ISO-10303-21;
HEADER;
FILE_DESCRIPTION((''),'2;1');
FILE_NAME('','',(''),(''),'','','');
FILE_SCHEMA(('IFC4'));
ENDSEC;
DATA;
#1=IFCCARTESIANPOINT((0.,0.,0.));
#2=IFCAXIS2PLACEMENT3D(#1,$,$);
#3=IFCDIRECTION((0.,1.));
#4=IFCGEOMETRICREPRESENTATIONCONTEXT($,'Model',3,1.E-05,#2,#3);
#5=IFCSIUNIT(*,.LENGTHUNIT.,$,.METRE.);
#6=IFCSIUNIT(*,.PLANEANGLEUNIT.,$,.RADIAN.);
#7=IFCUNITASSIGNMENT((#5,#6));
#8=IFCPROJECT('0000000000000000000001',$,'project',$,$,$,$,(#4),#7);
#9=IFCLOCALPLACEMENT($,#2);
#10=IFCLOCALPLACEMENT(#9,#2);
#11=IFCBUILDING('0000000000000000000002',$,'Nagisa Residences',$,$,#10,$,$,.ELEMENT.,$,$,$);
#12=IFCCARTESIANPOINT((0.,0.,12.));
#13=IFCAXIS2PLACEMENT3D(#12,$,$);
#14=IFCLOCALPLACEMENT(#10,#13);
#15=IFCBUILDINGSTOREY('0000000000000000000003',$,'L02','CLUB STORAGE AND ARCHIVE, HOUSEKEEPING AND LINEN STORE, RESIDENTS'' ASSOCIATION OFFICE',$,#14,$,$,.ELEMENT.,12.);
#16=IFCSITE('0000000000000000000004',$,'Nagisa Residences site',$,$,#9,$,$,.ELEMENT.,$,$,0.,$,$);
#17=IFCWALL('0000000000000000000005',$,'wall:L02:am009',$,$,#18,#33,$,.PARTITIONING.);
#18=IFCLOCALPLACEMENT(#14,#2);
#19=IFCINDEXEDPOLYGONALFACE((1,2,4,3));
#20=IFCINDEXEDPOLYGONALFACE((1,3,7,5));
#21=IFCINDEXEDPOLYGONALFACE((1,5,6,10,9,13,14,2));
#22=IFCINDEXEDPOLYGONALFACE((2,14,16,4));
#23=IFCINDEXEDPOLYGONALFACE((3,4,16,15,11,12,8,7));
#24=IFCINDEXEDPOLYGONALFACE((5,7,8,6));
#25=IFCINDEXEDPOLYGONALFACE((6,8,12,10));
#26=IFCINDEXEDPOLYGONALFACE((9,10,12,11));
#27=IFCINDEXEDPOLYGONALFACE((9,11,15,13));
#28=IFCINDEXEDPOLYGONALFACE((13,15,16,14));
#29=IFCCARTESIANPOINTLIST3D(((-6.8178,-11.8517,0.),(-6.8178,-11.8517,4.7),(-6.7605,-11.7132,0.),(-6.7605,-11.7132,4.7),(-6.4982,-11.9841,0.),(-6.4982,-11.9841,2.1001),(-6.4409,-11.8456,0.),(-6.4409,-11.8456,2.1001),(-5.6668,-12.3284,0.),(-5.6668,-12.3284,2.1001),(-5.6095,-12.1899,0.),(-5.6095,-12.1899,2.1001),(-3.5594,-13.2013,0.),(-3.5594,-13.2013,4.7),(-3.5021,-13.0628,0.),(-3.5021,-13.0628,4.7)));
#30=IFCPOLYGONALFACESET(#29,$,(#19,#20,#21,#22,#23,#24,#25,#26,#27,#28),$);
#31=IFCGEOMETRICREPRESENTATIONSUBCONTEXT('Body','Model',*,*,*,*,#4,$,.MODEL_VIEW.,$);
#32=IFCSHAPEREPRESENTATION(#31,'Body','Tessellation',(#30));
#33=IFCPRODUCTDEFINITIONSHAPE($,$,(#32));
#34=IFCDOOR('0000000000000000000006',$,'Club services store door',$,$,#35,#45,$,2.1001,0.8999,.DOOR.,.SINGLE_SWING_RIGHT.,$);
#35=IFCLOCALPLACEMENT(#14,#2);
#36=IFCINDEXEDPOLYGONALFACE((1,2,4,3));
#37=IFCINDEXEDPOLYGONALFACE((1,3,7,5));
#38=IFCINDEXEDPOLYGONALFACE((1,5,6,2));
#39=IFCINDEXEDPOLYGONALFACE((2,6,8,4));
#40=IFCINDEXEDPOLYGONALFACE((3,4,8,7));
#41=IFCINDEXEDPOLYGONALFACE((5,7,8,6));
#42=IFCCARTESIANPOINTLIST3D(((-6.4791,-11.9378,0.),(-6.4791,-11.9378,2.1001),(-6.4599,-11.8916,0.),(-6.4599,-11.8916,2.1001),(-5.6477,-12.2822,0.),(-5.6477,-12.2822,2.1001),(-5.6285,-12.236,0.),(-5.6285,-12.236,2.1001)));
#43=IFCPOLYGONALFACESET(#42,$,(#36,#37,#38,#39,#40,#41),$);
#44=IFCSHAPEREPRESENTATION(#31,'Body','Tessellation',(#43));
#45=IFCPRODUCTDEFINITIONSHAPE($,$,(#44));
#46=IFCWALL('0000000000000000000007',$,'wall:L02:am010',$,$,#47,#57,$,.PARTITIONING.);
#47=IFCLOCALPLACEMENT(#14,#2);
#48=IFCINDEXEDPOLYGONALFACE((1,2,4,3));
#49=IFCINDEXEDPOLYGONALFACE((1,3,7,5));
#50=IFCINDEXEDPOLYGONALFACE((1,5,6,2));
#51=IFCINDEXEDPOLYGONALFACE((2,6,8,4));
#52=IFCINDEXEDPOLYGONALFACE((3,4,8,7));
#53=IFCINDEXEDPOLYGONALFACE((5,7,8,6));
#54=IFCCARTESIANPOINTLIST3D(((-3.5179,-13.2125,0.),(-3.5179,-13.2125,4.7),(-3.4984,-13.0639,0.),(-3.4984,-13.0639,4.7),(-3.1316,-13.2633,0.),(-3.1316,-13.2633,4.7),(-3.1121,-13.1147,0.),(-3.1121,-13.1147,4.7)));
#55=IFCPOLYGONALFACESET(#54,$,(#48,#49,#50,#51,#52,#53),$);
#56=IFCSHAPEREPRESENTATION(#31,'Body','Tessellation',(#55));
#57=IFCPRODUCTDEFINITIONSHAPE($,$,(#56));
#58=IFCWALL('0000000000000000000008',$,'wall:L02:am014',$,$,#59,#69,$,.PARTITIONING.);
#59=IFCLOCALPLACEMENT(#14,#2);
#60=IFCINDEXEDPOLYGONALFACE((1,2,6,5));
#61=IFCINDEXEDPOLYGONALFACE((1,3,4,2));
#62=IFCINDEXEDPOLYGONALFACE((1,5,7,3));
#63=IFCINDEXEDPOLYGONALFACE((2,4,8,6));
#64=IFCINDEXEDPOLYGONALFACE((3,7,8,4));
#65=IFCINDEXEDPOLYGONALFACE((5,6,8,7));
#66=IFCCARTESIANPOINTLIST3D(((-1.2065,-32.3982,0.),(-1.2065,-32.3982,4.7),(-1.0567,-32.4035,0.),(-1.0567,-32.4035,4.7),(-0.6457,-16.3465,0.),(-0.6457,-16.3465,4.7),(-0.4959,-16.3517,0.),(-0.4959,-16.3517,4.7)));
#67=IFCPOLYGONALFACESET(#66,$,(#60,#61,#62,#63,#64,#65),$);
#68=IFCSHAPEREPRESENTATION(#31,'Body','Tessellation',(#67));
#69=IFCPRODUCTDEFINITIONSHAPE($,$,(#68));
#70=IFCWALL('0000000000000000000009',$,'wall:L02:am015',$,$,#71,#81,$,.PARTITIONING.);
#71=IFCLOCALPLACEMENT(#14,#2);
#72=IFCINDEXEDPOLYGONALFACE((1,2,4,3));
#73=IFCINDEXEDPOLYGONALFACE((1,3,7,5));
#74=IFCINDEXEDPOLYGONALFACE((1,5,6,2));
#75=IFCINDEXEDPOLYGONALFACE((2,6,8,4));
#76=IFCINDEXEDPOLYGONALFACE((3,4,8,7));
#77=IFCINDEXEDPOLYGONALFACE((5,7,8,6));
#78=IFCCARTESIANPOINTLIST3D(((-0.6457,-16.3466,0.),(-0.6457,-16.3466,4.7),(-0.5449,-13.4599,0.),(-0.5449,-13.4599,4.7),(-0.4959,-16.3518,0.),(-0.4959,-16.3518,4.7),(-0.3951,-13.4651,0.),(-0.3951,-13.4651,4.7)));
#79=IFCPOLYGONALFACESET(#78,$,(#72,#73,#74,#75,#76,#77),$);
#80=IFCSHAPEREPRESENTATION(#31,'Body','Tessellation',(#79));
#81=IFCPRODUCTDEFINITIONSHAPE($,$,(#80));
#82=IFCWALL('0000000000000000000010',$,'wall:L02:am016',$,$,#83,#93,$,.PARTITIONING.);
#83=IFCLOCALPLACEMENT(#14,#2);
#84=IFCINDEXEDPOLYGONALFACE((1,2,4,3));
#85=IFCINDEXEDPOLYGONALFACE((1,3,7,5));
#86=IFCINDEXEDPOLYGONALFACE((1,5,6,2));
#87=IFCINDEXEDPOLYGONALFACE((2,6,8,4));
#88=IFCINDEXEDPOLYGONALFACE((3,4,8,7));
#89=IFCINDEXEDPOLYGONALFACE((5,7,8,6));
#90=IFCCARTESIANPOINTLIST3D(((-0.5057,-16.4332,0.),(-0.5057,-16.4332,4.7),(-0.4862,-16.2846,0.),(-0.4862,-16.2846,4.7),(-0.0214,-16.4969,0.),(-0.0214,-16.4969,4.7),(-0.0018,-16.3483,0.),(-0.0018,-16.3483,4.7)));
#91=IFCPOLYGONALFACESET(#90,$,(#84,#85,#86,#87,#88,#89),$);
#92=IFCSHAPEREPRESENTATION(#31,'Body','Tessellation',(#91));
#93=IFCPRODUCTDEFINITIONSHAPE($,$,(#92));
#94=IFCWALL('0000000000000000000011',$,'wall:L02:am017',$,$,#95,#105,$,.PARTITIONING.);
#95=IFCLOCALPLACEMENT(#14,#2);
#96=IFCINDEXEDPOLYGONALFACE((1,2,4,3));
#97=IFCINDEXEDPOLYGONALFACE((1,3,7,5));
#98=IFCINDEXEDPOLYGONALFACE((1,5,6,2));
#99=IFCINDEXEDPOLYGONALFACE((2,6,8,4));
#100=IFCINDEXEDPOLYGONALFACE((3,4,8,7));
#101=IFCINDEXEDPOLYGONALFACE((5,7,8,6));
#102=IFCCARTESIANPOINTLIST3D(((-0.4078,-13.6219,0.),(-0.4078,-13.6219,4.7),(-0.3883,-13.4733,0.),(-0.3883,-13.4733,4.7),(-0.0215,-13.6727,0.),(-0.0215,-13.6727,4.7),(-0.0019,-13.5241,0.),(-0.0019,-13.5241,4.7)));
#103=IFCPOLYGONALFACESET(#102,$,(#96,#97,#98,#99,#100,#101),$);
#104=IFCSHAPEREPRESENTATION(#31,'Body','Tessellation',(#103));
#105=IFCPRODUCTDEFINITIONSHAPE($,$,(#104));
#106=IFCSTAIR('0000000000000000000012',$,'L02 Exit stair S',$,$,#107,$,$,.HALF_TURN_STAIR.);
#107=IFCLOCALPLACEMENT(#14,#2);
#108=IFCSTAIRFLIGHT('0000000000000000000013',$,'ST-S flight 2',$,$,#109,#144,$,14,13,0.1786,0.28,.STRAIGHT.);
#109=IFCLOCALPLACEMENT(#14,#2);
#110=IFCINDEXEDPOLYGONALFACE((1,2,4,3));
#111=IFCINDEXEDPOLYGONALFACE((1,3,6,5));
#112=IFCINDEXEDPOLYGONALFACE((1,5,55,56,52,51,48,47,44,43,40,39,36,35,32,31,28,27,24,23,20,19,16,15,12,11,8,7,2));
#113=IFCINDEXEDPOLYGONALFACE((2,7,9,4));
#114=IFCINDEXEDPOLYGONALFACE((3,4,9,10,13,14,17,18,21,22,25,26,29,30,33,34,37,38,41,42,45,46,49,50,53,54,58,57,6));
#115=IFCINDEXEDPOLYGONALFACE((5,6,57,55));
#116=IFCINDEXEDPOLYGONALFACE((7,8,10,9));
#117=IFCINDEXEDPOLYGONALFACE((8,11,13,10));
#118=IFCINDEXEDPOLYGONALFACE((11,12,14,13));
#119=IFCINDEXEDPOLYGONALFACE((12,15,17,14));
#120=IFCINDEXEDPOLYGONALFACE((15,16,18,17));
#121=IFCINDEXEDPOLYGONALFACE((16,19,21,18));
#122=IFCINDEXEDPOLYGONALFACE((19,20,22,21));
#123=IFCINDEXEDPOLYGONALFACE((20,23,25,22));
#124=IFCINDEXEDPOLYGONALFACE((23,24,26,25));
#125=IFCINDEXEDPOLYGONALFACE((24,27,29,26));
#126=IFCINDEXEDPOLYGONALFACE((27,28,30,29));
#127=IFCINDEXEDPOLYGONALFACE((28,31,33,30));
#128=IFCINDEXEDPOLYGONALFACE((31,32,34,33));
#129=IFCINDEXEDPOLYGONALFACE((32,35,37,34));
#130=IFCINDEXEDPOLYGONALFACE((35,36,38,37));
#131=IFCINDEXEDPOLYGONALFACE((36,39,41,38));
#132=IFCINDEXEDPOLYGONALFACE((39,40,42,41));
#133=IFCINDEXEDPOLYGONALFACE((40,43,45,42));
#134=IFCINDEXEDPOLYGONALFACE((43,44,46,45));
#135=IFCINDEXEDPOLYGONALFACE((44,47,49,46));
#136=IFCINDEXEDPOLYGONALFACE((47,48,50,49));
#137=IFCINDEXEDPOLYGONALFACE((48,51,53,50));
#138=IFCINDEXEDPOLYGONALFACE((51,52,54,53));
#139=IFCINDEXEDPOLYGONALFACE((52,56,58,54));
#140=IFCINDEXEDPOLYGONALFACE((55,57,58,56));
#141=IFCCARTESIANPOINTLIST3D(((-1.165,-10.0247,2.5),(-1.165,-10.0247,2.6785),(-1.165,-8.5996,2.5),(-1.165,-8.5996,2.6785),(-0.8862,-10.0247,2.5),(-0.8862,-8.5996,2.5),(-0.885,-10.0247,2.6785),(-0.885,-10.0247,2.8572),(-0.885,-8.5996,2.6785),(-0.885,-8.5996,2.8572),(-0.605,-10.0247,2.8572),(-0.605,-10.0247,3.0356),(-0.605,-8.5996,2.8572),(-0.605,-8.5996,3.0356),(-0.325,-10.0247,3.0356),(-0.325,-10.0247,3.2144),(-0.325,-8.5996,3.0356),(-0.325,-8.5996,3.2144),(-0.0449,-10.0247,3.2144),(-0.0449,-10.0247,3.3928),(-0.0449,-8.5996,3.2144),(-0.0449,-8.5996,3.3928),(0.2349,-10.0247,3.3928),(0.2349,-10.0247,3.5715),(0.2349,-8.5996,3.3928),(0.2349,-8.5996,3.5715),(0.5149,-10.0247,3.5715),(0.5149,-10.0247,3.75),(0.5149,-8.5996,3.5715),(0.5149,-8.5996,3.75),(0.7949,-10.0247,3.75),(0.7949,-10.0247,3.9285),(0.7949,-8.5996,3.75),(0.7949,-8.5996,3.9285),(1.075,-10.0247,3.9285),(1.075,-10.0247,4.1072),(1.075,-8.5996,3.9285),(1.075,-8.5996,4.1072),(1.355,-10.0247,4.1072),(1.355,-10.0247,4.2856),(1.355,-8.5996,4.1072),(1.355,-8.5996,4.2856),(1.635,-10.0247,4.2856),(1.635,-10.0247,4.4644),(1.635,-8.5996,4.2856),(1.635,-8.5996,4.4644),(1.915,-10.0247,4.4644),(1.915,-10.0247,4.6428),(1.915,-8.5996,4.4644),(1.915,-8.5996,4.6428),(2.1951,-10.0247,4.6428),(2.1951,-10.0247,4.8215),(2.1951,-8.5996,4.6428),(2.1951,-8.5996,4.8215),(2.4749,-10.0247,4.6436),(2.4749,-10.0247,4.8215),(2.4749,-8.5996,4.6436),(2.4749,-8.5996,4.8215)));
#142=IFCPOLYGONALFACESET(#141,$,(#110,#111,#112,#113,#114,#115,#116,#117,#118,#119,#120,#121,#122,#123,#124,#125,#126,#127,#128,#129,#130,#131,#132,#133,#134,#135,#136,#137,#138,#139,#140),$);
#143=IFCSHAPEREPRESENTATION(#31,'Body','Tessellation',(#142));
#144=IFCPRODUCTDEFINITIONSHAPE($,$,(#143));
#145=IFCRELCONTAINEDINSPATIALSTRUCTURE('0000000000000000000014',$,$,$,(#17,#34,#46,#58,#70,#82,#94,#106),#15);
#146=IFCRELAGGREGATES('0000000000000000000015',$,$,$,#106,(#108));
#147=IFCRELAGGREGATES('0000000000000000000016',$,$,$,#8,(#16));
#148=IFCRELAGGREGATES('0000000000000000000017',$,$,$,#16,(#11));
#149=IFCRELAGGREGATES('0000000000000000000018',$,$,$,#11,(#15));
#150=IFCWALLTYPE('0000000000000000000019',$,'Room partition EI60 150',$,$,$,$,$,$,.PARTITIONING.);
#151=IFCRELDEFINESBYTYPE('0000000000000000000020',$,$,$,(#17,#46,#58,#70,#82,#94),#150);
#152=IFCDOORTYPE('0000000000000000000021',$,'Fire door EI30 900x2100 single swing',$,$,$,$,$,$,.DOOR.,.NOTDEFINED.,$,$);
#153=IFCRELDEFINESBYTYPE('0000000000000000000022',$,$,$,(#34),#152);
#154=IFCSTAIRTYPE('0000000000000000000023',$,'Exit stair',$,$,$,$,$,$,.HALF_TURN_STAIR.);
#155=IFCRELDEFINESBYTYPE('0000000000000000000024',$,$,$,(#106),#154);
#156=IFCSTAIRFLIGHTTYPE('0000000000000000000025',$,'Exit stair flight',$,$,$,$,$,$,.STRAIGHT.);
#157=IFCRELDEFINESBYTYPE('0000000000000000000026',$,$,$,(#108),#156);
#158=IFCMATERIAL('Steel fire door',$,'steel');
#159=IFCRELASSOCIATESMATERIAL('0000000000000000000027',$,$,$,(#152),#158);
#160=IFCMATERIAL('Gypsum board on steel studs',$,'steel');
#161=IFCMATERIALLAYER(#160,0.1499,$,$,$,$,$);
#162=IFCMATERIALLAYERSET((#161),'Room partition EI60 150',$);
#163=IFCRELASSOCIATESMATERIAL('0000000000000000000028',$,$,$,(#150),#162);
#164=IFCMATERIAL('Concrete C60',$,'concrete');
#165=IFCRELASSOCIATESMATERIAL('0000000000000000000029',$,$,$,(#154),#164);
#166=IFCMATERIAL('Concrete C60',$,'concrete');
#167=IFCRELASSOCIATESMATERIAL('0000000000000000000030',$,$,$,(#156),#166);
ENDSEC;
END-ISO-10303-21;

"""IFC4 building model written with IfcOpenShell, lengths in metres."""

from ifc_helpers import new_model, si_unit, direction, frame, frame_2d, origin, place, context, subcontext, project, spatial, polyline, rectangle, outline, extrude, material, layer, layer_set, type_object, element, fill, aggregate, save


model = new_model("IFC4")

# Units and contexts
model_context = context("Model", 3, precision=1e-05, world=origin(), true_north=direction((0.0, 1.0)))
body_context = subcontext(model_context, "Body", "Model", "MODEL_VIEW")
ifc_project = project(units=[si_unit("LENGTHUNIT", "METRE"), si_unit("PLANEANGLEUNIT", "RADIAN")], contexts=[model_context])

# Site, building, storey
site_placement = place(None, origin())
site = spatial("IfcSite", under=ifc_project, at=site_placement, Name="Nagisa Residences site", CompositionType="ELEMENT", RefElevation=0.0)
building_placement = place(site_placement, origin())
building = spatial("IfcBuilding", under=site, at=building_placement, Name="Nagisa Residences", CompositionType="ELEMENT")
storey_placement = place(building_placement, frame((0.0, 0.0, 12.0)))
storey = spatial("IfcBuildingStorey", under=building, at=storey_placement, Name="L02", Description="CLUB STORAGE AND ARCHIVE, HOUSEKEEPING AND LINEN STORE, RESIDENTS' ASSOCIATION OFFICE", CompositionType="ELEMENT", Elevation=12.0)

# Shared definitions
ifc_material_1 = material(Name="Steel fire door", Category="steel")
door_type_1 = type_object("IfcDoorType", Name="Fire door EI30 900x2100 single swing", OperationType="NOTDEFINED", PredefinedType="DOOR", material=ifc_material_1)

# Shared definitions
ifc_material_2 = material(Name="Gypsum board on steel studs", Category="steel")
ifc_layer_1 = layer(ifc_material_2, 0.1499)
ifc_layer_set_1 = layer_set([ifc_layer_1], Name="Room partition EI60 150")
wall_type_1 = type_object("IfcWallType", Name="Room partition EI60 150", PredefinedType="PARTITIONING", material=ifc_layer_set_1)

# Wall, opening, door
wall_1_placement = place(storey_placement, frame((-3.5308, -13.1321, 0.0), z_axis=(0.0, 0.0, 1.0), x_axis=(-0.923882, 0.382678, 0.0)))
wall_1 = element("IfcWall", 1, at=wall_1_placement, inside=storey, type_object=wall_type_1, Name="wall:L02:am009", PredefinedType="PARTITIONING", context=body_context, shape_type="SweptSolid", body=[
    extrude(rectangle(XDim=3.5269, YDim=0.1499, at=frame_2d((1.7634, 0.0))), origin(), (0.0, 0.0, 1.0), 4.7),
])
opening_1_placement = place(wall_1_placement, frame((2.281, 0.0, 0.0)))
opening_1 = element("IfcOpeningElement", 2, at=opening_1_placement, cuts=wall_1, PredefinedType="OPENING", context=body_context, shape_type="SweptSolid", body=[
    extrude(rectangle(XDim=0.8999, YDim=2.1001, at=frame_2d((0.45, 1.05))), frame((0.0, 0.085, 0.0), z_axis=(0.0, -1.0, 0.0), x_axis=(1.0, 0.0, 0.0)), (0.0, 0.0, 1.0), 0.1699),
])
door_1_placement = place(opening_1_placement, origin())
door_1 = element("IfcDoor", 3, at=door_1_placement, inside=storey, type_object=door_type_1, Name="Club services store door", OperationType="SINGLE_SWING_RIGHT", OverallHeight=2.1001, OverallWidth=0.8999, PredefinedType="DOOR", context=body_context, shape_type="SweptSolid", body=[
    extrude(rectangle(XDim=0.8999, YDim=2.1001, at=frame_2d((0.45, 1.05))), frame((0.0, 0.0249, 0.0), z_axis=(0.0, -1.0, 0.0), x_axis=(1.0, 0.0, 0.0)), (0.0, 0.0, 1.0), 0.05),
])
fill(opening_1, door_1)

# Walls
wall_2_placement = place(storey_placement, frame((-3.1218, -13.189, 0.0), z_axis=(0.0, 0.0, 1.0), x_axis=(-0.991467, 0.130357, 0.0)))
element("IfcWall", 4, at=wall_2_placement, inside=storey, type_object=wall_type_1, Name="wall:L02:am010", PredefinedType="PARTITIONING", context=body_context, shape_type="SweptSolid", body=[
    extrude(rectangle(XDim=0.3896, YDim=0.1499, at=frame_2d((0.1948, 0.0))), origin(), (0.0, 0.0, 1.0), 4.7),
])
wall_3_placement = place(storey_placement, frame((-0.5708, -16.3491, 0.0), z_axis=(0.0, 0.0, 1.0), x_axis=(-0.034915, -0.99939, 0.0)))
element("IfcWall", 5, at=wall_3_placement, inside=storey, type_object=wall_type_1, Name="wall:L02:am014", PredefinedType="PARTITIONING", context=body_context, shape_type="SweptSolid", body=[
    extrude(rectangle(XDim=16.0615, YDim=0.1499, at=frame_2d((8.0308, 0.0))), origin(), (0.0, 0.0, 1.0), 4.7),
])
wall_4_placement = place(storey_placement, frame((-0.47, -13.4624, 0.0), z_axis=(0.0, 0.0, 1.0), x_axis=(-0.034908, -0.999391, 0.0)))
element("IfcWall", 6, at=wall_4_placement, inside=storey, type_object=wall_type_1, Name="wall:L02:am015", PredefinedType="PARTITIONING", context=body_context, shape_type="SweptSolid", body=[
    extrude(rectangle(XDim=2.8884, YDim=0.1499, at=frame_2d((1.4443, 0.0))), origin(), (0.0, 0.0, 1.0), 4.7),
])
wall_5_placement = place(storey_placement, frame((-0.0117, -16.4226, 0.0), z_axis=(0.0, 0.0, 1.0), x_axis=(-0.991458, 0.130429, 0.0)))
element("IfcWall", 7, at=wall_5_placement, inside=storey, type_object=wall_type_1, Name="wall:L02:am016", PredefinedType="PARTITIONING", context=body_context, shape_type="SweptSolid", body=[
    extrude(rectangle(XDim=0.4885, YDim=0.1499, at=frame_2d((0.2441, 0.0))), origin(), (0.0, 0.0, 1.0), 4.7),
])
wall_6_placement = place(storey_placement, frame((-0.0117, -13.5984, 0.0), z_axis=(0.0, 0.0, 1.0), x_axis=(-0.991467, 0.130357, 0.0)))
element("IfcWall", 8, at=wall_6_placement, inside=storey, type_object=wall_type_1, Name="wall:L02:am017", PredefinedType="PARTITIONING", context=body_context, shape_type="SweptSolid", body=[
    extrude(rectangle(XDim=0.3896, YDim=0.1499, at=frame_2d((0.1948, 0.0))), origin(), (0.0, 0.0, 1.0), 4.7),
])

# Stair, stair flight
ifc_material_3 = material(Name="Concrete C60", Category="concrete")
stair_type = type_object("IfcStairType", Name="Exit stair", PredefinedType="HALF_TURN_STAIR", material=ifc_material_3)
stair_placement = place(storey_placement, origin())
stair = element("IfcStair", 9, at=stair_placement, inside=storey, type_object=stair_type, Name="L02 Exit stair S", PredefinedType="HALF_TURN_STAIR")
ifc_material_4 = material(Name="Concrete C60", Category="concrete")
stair_flight_type = type_object("IfcStairFlightType", Name="Exit stair flight", PredefinedType="STRAIGHT", material=ifc_material_4)
stair_flight_placement = place(storey_placement, frame((-1.165, -9.312, 2.5), z_axis=(0.0, 0.0, 1.0), x_axis=(1.0, 0.0, 0.0)))
stair_flight = element("IfcStairFlight", 10, at=stair_flight_placement, type_object=stair_flight_type, Name="ST-S flight 2", NumberOfRisers=14, NumberOfTreads=13, PredefinedType="STRAIGHT", RiserHeight=0.1786, TreadLength=0.28, context=body_context, shape_type="SweptSolid", body=[
    extrude(outline(polyline([(0.0, 0.0), (0.0, 0.1785), (0.28, 0.1785), (0.28, 0.3572), (0.5601, 0.3572), (0.5601, 0.5356), (0.8401, 0.5356), (0.8401, 0.7144), (1.1201, 0.7144), (1.1201, 0.8928), (1.3999, 0.8928), (1.3999, 1.0715), (1.6799, 1.0715), (1.6799, 1.25), (1.96, 1.25), (1.96, 1.4285), (2.24, 1.4285), (2.24, 1.6072), (2.52, 1.6072), (2.52, 1.7856), (2.8, 1.7856), (2.8, 1.9644), (3.0801, 1.9644), (3.0801, 2.1428), (3.3601, 2.1428), (3.3601, 2.3215), (3.6399, 2.3215), (3.6399, 2.5), (3.6399, 2.1436), (0.2788, 0.0), (0.0, 0.0)])), frame((0.0, 0.7124, 0.0), z_axis=(0.0, -1.0, 0.0), x_axis=(1.0, 0.0, 0.0)), (0.0, 0.0, 1.0), 1.425),
])
aggregate(stair, [stair_flight])

save(model, "model.ifc")
